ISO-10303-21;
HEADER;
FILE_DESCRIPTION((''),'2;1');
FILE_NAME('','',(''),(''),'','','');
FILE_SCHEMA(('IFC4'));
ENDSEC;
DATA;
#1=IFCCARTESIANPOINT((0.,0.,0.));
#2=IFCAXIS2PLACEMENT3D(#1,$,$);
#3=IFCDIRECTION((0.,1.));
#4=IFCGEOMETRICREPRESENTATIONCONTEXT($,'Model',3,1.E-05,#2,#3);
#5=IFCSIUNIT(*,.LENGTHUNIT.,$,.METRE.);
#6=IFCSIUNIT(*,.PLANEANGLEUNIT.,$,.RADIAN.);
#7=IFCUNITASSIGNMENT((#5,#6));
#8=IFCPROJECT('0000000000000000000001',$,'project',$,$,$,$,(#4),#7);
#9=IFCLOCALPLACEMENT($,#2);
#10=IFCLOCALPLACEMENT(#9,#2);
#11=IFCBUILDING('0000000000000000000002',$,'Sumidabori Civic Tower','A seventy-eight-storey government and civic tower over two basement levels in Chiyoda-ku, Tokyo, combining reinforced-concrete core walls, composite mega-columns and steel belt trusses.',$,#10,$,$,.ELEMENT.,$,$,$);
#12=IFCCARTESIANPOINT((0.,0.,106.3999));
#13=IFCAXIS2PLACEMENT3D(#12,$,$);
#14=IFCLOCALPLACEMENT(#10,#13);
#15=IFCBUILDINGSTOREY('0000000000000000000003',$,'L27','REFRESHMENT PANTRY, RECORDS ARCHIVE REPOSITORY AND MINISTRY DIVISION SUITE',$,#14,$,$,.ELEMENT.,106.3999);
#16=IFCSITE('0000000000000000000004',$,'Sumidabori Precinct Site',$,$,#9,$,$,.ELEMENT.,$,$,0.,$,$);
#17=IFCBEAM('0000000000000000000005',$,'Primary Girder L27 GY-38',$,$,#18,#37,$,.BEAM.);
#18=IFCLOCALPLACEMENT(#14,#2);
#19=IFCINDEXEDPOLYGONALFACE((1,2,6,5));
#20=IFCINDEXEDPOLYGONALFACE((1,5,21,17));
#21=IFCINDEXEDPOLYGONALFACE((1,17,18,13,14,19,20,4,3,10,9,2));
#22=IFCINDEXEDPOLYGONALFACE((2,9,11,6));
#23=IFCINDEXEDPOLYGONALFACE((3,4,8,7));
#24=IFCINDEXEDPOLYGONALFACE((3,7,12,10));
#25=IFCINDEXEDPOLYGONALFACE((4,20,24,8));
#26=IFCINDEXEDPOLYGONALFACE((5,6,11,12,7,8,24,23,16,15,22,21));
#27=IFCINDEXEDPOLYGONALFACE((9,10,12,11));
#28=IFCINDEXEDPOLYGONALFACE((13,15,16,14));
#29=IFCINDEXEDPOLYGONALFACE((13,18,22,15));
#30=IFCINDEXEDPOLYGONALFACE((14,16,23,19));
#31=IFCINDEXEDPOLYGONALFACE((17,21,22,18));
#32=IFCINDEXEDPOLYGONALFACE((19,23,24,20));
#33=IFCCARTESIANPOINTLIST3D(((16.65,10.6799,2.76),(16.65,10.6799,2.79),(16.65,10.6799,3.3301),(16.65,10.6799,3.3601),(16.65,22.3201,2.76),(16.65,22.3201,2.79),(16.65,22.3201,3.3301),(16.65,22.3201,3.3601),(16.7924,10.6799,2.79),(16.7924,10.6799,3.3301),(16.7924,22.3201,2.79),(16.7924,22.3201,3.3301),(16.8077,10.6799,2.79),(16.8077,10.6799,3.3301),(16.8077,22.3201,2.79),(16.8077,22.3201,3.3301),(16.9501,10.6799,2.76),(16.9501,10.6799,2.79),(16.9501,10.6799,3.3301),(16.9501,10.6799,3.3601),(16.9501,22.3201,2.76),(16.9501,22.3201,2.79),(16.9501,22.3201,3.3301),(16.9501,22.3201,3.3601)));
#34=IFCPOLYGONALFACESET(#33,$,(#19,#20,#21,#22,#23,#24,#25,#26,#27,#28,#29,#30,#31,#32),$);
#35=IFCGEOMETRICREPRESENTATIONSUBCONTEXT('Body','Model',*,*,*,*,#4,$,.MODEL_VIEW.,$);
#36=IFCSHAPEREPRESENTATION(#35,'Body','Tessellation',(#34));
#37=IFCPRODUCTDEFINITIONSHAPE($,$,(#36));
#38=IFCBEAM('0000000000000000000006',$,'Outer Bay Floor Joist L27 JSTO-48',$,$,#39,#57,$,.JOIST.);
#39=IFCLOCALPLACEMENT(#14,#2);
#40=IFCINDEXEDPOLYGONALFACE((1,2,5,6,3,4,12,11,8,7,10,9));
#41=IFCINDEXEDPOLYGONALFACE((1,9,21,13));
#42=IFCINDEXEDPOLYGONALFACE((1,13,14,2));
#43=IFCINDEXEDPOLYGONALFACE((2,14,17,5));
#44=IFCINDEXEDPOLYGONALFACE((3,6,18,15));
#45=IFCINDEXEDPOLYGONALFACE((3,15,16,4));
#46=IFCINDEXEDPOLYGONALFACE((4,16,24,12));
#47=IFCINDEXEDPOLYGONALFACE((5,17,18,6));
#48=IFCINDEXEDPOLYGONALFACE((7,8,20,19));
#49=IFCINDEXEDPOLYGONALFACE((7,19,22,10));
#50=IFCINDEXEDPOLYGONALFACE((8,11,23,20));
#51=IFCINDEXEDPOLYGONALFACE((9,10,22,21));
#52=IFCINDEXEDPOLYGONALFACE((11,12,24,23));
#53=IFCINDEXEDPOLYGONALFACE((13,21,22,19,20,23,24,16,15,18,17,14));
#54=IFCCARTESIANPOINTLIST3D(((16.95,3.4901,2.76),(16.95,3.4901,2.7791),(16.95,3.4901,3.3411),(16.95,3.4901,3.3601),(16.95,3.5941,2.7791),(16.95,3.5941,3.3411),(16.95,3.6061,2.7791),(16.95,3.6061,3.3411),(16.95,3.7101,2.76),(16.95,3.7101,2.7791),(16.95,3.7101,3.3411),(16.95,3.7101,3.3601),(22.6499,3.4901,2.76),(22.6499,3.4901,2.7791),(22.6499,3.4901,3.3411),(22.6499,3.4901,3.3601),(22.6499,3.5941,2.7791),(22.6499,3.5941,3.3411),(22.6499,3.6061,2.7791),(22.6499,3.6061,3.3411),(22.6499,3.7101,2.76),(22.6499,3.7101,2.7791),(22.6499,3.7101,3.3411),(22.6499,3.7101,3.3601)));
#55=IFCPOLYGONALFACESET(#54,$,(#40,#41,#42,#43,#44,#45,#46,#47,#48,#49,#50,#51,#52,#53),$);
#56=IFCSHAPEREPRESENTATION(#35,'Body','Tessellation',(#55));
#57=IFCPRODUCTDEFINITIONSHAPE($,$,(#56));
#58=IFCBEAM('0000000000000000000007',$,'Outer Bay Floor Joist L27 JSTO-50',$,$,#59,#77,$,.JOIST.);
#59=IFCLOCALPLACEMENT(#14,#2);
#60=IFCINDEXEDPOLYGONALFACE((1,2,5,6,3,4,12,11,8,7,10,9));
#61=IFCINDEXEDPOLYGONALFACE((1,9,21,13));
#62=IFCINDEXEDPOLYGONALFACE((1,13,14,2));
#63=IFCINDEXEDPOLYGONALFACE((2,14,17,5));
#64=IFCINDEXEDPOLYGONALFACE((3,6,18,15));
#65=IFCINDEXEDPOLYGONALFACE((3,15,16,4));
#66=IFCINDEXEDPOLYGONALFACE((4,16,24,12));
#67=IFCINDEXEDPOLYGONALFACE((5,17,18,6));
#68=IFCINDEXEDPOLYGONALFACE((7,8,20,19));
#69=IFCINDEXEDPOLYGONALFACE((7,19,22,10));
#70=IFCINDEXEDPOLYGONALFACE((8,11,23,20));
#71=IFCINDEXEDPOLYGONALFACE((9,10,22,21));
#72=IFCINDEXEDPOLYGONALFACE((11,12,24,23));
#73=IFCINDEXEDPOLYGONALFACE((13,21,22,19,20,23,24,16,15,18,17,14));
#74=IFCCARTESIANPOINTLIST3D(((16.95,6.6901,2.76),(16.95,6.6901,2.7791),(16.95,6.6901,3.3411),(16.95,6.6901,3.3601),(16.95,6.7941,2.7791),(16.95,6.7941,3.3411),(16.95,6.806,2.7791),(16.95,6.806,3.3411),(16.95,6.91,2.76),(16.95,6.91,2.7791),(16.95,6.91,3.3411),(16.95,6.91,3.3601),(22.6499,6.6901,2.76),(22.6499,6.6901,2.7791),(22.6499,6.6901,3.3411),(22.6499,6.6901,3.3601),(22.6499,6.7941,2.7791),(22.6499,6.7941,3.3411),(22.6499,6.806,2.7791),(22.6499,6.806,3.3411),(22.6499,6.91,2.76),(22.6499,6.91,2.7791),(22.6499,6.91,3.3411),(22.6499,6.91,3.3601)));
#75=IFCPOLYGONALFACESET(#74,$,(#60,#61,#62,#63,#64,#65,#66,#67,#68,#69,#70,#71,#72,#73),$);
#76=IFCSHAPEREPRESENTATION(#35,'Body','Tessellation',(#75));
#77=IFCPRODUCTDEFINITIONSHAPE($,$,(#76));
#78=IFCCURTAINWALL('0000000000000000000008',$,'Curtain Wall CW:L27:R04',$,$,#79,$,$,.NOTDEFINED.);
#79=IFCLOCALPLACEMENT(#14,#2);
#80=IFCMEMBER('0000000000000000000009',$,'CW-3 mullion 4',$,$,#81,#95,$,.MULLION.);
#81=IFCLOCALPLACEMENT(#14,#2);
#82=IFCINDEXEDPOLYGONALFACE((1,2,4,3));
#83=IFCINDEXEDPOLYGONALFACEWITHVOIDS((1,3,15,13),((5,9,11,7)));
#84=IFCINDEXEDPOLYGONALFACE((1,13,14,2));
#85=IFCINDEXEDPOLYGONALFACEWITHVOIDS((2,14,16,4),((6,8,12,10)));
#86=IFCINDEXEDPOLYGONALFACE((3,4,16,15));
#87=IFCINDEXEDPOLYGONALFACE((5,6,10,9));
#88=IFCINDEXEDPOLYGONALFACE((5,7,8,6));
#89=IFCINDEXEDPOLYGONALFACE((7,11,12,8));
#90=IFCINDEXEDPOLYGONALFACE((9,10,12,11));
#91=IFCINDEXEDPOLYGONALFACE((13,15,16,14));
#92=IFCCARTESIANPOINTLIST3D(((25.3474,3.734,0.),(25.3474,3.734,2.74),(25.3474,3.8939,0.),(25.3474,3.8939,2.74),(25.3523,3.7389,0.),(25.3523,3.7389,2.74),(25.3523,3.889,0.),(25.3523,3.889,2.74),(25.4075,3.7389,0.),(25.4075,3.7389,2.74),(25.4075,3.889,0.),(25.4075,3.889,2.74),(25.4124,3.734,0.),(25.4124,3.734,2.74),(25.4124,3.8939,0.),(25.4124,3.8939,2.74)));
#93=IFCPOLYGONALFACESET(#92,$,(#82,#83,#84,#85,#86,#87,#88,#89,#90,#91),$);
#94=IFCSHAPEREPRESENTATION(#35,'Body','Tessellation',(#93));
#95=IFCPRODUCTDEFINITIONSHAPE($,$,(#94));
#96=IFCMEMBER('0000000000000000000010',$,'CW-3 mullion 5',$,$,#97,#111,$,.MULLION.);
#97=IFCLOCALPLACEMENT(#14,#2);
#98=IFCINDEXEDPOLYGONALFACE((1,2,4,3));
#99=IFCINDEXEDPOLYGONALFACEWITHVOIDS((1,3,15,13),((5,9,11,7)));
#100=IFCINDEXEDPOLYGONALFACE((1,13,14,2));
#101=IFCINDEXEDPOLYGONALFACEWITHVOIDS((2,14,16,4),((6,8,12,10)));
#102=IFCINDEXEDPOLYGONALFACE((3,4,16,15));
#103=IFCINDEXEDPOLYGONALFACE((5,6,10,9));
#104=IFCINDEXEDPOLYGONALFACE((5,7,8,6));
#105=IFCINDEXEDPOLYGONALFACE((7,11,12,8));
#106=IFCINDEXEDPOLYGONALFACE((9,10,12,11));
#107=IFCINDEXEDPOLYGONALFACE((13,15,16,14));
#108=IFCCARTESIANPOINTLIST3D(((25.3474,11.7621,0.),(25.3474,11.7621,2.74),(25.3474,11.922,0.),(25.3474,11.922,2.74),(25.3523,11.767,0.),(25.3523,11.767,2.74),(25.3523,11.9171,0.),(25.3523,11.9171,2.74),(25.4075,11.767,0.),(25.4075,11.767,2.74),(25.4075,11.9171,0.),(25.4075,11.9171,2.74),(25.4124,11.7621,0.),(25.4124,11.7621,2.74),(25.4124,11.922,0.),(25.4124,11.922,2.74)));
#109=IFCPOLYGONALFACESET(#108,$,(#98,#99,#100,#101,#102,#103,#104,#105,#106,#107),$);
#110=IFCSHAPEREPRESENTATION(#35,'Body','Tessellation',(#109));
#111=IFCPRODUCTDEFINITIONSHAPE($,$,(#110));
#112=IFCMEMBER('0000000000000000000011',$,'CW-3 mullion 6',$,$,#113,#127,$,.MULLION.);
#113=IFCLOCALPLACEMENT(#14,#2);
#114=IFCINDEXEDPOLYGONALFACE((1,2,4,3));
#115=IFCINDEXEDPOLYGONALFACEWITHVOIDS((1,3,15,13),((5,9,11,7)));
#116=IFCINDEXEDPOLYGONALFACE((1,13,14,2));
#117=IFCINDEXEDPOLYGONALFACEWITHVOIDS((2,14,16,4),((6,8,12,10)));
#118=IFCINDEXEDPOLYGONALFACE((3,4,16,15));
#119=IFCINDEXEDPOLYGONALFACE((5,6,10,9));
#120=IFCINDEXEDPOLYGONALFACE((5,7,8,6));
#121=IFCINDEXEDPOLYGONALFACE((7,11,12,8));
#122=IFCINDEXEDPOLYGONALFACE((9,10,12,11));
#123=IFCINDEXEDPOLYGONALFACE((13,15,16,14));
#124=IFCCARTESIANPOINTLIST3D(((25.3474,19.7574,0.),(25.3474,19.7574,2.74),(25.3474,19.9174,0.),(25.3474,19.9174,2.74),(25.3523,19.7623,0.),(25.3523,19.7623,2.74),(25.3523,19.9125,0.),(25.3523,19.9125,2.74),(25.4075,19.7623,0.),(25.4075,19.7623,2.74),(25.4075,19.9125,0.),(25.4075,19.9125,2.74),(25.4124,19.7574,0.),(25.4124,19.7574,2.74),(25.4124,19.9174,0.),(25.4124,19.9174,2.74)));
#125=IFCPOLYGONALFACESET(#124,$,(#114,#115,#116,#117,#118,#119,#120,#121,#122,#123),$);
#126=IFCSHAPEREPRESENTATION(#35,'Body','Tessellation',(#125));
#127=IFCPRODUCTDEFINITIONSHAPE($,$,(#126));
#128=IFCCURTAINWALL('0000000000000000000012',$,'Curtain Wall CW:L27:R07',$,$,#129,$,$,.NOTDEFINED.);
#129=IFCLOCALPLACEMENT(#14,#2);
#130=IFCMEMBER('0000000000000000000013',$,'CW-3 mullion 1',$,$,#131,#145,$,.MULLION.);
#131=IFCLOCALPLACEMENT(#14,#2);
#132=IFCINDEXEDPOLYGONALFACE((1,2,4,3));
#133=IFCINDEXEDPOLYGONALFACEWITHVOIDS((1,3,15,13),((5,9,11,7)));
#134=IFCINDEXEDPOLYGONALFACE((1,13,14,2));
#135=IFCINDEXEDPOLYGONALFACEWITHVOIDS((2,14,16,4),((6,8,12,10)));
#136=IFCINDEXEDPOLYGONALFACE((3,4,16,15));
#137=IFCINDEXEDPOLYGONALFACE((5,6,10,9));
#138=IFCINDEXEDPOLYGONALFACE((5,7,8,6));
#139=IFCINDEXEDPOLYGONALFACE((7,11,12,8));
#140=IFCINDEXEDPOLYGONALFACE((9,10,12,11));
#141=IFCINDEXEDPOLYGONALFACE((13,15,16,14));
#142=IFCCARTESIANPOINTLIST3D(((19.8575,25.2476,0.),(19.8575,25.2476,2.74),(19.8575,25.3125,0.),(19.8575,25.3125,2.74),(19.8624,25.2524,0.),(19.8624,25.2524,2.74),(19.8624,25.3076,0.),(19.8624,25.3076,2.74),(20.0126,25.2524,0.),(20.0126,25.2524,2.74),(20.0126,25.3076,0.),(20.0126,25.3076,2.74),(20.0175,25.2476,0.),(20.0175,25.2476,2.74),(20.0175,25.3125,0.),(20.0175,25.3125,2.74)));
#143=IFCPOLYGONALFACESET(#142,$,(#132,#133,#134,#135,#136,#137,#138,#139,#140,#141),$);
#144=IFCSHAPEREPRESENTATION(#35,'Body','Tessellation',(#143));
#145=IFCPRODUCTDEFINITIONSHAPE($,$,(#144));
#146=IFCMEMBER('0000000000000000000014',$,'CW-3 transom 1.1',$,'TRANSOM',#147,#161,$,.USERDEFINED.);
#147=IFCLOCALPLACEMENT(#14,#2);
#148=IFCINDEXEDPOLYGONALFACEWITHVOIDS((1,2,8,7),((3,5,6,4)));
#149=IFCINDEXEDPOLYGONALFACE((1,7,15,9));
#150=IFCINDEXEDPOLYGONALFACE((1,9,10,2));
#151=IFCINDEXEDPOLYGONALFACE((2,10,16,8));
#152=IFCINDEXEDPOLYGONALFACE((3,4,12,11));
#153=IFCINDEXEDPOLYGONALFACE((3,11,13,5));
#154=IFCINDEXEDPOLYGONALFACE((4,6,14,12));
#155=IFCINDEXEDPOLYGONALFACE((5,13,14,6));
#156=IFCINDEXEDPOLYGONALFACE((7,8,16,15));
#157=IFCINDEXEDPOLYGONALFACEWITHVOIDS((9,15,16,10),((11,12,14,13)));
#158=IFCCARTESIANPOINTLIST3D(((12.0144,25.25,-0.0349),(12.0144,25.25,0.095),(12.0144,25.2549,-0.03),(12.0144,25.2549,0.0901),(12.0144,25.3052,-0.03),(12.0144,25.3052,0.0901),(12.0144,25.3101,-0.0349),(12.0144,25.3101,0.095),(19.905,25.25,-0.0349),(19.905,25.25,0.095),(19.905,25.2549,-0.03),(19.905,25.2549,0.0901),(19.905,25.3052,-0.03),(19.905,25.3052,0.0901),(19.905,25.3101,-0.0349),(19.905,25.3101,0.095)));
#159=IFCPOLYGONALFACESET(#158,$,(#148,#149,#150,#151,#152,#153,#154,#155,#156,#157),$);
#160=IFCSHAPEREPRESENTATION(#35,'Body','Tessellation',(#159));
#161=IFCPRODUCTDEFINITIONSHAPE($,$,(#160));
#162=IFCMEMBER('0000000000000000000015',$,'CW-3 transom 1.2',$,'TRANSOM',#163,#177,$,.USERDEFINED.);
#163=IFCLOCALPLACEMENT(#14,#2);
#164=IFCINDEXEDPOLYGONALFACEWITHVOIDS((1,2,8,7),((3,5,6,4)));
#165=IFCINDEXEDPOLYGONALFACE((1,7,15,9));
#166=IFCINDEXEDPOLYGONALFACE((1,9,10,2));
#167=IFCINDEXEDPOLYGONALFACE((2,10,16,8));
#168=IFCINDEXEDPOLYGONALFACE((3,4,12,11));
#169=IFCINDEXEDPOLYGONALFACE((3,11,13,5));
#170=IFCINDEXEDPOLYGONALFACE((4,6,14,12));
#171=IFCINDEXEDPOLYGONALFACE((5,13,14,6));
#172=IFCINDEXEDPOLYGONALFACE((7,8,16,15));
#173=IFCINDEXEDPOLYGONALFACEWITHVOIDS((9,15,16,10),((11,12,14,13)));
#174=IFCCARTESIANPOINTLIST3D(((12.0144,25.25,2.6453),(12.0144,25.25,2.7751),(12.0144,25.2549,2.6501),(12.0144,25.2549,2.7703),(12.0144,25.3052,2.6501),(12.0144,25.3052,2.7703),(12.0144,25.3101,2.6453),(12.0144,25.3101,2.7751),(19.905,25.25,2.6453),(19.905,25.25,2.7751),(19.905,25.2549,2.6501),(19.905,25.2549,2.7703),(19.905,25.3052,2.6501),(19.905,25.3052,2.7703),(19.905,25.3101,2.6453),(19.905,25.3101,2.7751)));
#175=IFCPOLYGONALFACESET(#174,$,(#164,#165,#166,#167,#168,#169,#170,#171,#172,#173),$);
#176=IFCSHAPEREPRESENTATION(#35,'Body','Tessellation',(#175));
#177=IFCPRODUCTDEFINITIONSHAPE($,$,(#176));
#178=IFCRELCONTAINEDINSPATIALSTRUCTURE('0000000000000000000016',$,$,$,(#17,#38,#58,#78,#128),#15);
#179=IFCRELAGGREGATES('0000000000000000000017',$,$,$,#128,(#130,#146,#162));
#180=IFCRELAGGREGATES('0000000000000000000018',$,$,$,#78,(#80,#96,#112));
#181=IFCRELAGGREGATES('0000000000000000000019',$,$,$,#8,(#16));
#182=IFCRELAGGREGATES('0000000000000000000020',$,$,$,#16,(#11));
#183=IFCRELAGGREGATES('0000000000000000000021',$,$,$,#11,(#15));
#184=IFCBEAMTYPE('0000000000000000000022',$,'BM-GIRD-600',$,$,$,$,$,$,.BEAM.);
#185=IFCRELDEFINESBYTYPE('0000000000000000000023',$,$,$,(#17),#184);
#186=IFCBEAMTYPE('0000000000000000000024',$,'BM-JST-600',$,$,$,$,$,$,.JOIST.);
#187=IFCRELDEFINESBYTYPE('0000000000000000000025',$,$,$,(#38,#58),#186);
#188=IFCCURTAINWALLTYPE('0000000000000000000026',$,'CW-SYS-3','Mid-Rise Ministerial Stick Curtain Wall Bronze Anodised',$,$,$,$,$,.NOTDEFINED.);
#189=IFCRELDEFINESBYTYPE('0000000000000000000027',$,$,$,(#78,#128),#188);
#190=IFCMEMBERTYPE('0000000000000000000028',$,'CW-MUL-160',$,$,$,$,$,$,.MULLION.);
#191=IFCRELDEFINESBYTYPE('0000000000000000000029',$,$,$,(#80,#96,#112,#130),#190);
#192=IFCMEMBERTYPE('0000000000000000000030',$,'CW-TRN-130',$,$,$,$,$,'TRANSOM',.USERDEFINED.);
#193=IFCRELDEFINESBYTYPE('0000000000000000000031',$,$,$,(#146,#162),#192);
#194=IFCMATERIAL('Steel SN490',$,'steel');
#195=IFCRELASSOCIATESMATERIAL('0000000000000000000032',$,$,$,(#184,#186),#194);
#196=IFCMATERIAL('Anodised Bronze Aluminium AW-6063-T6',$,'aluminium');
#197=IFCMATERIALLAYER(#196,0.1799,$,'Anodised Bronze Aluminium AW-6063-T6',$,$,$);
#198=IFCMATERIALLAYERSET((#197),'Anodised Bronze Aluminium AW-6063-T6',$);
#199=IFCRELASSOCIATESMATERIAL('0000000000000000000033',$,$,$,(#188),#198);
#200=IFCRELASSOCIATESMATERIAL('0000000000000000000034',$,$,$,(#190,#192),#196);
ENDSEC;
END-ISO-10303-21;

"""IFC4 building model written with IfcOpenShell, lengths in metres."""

from ifc_helpers import new_model, si_unit, direction, frame, origin, origin_2d, place, context, subcontext, project, spatial, hollow_rectangle, i_section, extrude, source, transform, mapped, material, layer, layer_set, material_profile, profile_set, type_object, element, aggregate, save


model = new_model("IFC4")

# Units and contexts
model_context = context("Model", 3, precision=1e-05, world=origin(), true_north=direction((0.0, 1.0)))
body_context = subcontext(model_context, "Body", "Model", "MODEL_VIEW")
ifc_project = project(units=[si_unit("LENGTHUNIT", "METRE"), si_unit("PLANEANGLEUNIT", "RADIAN")], contexts=[model_context])

# Site, building, storey
site_placement = place(None, origin())
site = spatial("IfcSite", under=ifc_project, at=site_placement, Name="Sumidabori Precinct Site", CompositionType="ELEMENT", RefElevation=0.0)
building_placement = place(site_placement, origin())
building = spatial("IfcBuilding", under=site, at=building_placement, Name="Sumidabori Civic Tower", Description="A seventy-eight-storey government and civic tower over two basement levels in Chiyoda-ku, Tokyo, combining reinforced-concrete core walls, composite mega-columns and steel belt trusses.", CompositionType="ELEMENT")
storey_placement = place(building_placement, frame((0.0, 0.0, 106.3999)))
storey = spatial("IfcBuildingStorey", under=building, at=storey_placement, Name="L27", Description="REFRESHMENT PANTRY, RECORDS ARCHIVE REPOSITORY AND MINISTRY DIVISION SUITE", CompositionType="ELEMENT", Elevation=106.3999)

# Beams
ifc_material_1 = material(Name="Steel SN490", Category="steel")
ifc_material_profile_1 = material_profile(ifc_material_1, i_section(OverallWidth=0.3, OverallDepth=0.6001, WebThickness=0.0154, FlangeThickness=0.03, at=origin_2d()), Name="HE 600 B")
ifc_profile_set_1 = profile_set([ifc_material_profile_1], Name="Steel SN490")
beam_type_1 = type_object("IfcBeamType", Name="BM-GIRD-600", PredefinedType="BEAM", material=ifc_profile_set_1)
shared_shape_1 = source(origin(), body_context, "Body", "SweptSolid", [
    extrude(i_section(OverallWidth=0.3, OverallDepth=0.6001, WebThickness=0.0154, FlangeThickness=0.03, at=origin_2d()), origin(), (0.0, 0.0, 1.0), 11.6401),
])
beam_1_placement = place(storey_placement, frame((16.8, 10.6799, 3.0601), z_axis=(0.0, 1.0, 0.0), x_axis=(-1.0, 0.0, 0.0)))
element("IfcBeam", 1, at=beam_1_placement, inside=storey, type_object=beam_type_1, Name="Primary Girder L27 GY-38", PredefinedType="BEAM", context=body_context, shape_type="MappedRepresentation", body=[
    mapped(shared_shape_1, transform((0.0, 0.0, 0.0), x_axis=(1.0, 0.0, 0.0), y_axis=(0.0, 1.0, 0.0), z_axis=(0.0, 0.0, 1.0), scale=1.0)),
])
ifc_material_profile_2 = material_profile(ifc_material_1, i_section(OverallWidth=0.22, OverallDepth=0.6001, WebThickness=0.012, FlangeThickness=0.019, at=origin_2d()), Name="IPE 600")
ifc_profile_set_2 = profile_set([ifc_material_profile_2], Name="Steel SN490")
beam_type_2 = type_object("IfcBeamType", Name="BM-JST-600", PredefinedType="JOIST", material=ifc_profile_set_2)
shared_shape_2 = source(origin(), body_context, "Body", "SweptSolid", [
    extrude(i_section(OverallWidth=0.22, OverallDepth=0.6001, WebThickness=0.012, FlangeThickness=0.019, at=origin_2d()), origin(), (0.0, 0.0, 1.0), 5.7),
])
for number, where, z_axis, x_axis, name in (
    (2, (16.95, 3.6001, 3.0601), (1.0, 0.0, 0.0), (0.0, 1.0, 0.0), "Outer Bay Floor Joist L27 JSTO-48"),
    (3, (16.95, 6.8, 3.0601), (1.0, 0.0, 0.0), (0.0, 1.0, 0.0), "Outer Bay Floor Joist L27 JSTO-50"),
):
    element("IfcBeam", number, at=place(storey_placement, frame(where, z_axis=z_axis, x_axis=x_axis)), inside=storey, type_object=beam_type_2, Name=name, PredefinedType="JOIST", context=body_context, shape_type="MappedRepresentation", body=[
        mapped(shared_shape_2, transform((0.0, 0.0, 0.0), x_axis=(1.0, 0.0, 0.0), y_axis=(0.0, 1.0, 0.0), z_axis=(0.0, 0.0, 1.0), scale=1.0)),
    ])

# Curtain walls, members
ifc_material_2 = material(Name="Anodised Bronze Aluminium AW-6063-T6", Category="aluminium")
ifc_layer_1 = layer(ifc_material_2, 0.1799, Name="Anodised Bronze Aluminium AW-6063-T6")
ifc_layer_set_1 = layer_set([ifc_layer_1], Name="Anodised Bronze Aluminium AW-6063-T6")
curtain_wall_type = type_object("IfcCurtainWallType", Name="CW-SYS-3", Description="Mid-Rise Ministerial Stick Curtain Wall Bronze Anodised", PredefinedType="NOTDEFINED", material=ifc_layer_set_1)
curtain_wall_1_placement = place(storey_placement, origin())
curtain_wall_1 = element("IfcCurtainWall", 4, at=curtain_wall_1_placement, inside=storey, type_object=curtain_wall_type, Name="Curtain Wall CW:L27:R04", PredefinedType="NOTDEFINED")
ifc_material_profile_3 = material_profile(ifc_material_2, hollow_rectangle(XDim=0.0649, YDim=0.1599, WallThickness=0.0049, at=origin_2d()), Name="ALU MULLION 160x65")
ifc_profile_set_3 = profile_set([ifc_material_profile_3], Name="Anodised Bronze Aluminium AW-6063-T6")
member_type_1 = type_object("IfcMemberType", Name="CW-MUL-160", PredefinedType="MULLION", material=ifc_profile_set_3)
shared_shape_3 = source(origin(), body_context, "Body", "SweptSolid", [
    extrude(hollow_rectangle(XDim=0.0649, YDim=0.1599, WallThickness=0.0049, at=origin_2d()), origin(), (0.0, 0.0, 1.0), 2.74),
])
member_1_placement = place(storey_placement, frame((25.3799, 3.814, 0.0), z_axis=(0.0, 0.0, 1.0), x_axis=(-1.0, 0.0, 0.0)))
member_1 = element("IfcMember", 5, at=member_1_placement, type_object=member_type_1, Name="CW-3 mullion 4", PredefinedType="MULLION", context=body_context, shape_type="MappedRepresentation", body=[
    mapped(shared_shape_3, transform((0.0, 0.0, 0.0), x_axis=(1.0, 0.0, 0.0), y_axis=(0.0, 1.0, 0.0), z_axis=(0.0, 0.0, 1.0), scale=1.0)),
])
member_2_placement = place(storey_placement, frame((25.3799, 11.842, 0.0), z_axis=(0.0, 0.0, 1.0), x_axis=(-1.0, 0.0, 0.0)))
member_2 = element("IfcMember", 6, at=member_2_placement, type_object=member_type_1, Name="CW-3 mullion 5", PredefinedType="MULLION", context=body_context, shape_type="MappedRepresentation", body=[
    mapped(shared_shape_3, transform((0.0, 0.0, 0.0), x_axis=(1.0, 0.0, 0.0), y_axis=(0.0, 1.0, 0.0), z_axis=(0.0, 0.0, 1.0), scale=1.0)),
])
member_3_placement = place(storey_placement, frame((25.3799, 19.8374, 0.0), z_axis=(0.0, 0.0, 1.0), x_axis=(-1.0, 0.0, 0.0)))
member_3 = element("IfcMember", 7, at=member_3_placement, type_object=member_type_1, Name="CW-3 mullion 6", PredefinedType="MULLION", context=body_context, shape_type="MappedRepresentation", body=[
    mapped(shared_shape_3, transform((0.0, 0.0, 0.0), x_axis=(1.0, 0.0, 0.0), y_axis=(0.0, 1.0, 0.0), z_axis=(0.0, 0.0, 1.0), scale=1.0)),
])
curtain_wall_2_placement = place(storey_placement, origin())
curtain_wall_2 = element("IfcCurtainWall", 8, at=curtain_wall_2_placement, inside=storey, type_object=curtain_wall_type, Name="Curtain Wall CW:L27:R07", PredefinedType="NOTDEFINED")
member_4_placement = place(storey_placement, frame((19.9375, 25.28, 0.0), z_axis=(0.0, 0.0, 1.0), x_axis=(0.0, -1.0, 0.0)))
member_4 = element("IfcMember", 9, at=member_4_placement, type_object=member_type_1, Name="CW-3 mullion 1", PredefinedType="MULLION", context=body_context, shape_type="MappedRepresentation", body=[
    mapped(shared_shape_3, transform((0.0, 0.0, 0.0), x_axis=(1.0, 0.0, 0.0), y_axis=(0.0, 1.0, 0.0), z_axis=(0.0, 0.0, 1.0), scale=1.0)),
])
ifc_material_profile_4 = material_profile(ifc_material_2, hollow_rectangle(XDim=0.0601, YDim=0.1299, WallThickness=0.0049, at=origin_2d()), Name="ALU TRANSOM 130x60")
ifc_profile_set_4 = profile_set([ifc_material_profile_4], Name="Anodised Bronze Aluminium AW-6063-T6")
member_type_2 = type_object("IfcMemberType", Name="CW-TRN-130", ElementType="TRANSOM", PredefinedType="USERDEFINED", material=ifc_profile_set_4)
shared_shape_4 = source(origin(), body_context, "Body", "SweptSolid", [
    extrude(hollow_rectangle(XDim=0.0601, YDim=0.1299, WallThickness=0.0049, at=origin_2d()), origin(), (0.0, 0.0, 1.0), 7.8906),
])
member_5_placement = place(storey_placement, frame((19.905, 25.28, 0.03), z_axis=(-1.0, 0.0, 0.0), x_axis=(0.0, -1.0, 0.0)))
member_5 = element("IfcMember", 10, at=member_5_placement, type_object=member_type_2, Name="CW-3 transom 1.1", ObjectType="TRANSOM", PredefinedType="USERDEFINED", context=body_context, shape_type="MappedRepresentation", body=[
    mapped(shared_shape_4, transform((0.0, 0.0, 0.0), x_axis=(1.0, 0.0, 0.0), y_axis=(0.0, 1.0, 0.0), z_axis=(0.0, 0.0, 1.0), scale=1.0)),
])
member_6_placement = place(storey_placement, frame((19.905, 25.28, 2.7102), z_axis=(-1.0, 0.0, 0.0), x_axis=(0.0, -1.0, 0.0)))
member_6 = element("IfcMember", 11, at=member_6_placement, type_object=member_type_2, Name="CW-3 transom 1.2", ObjectType="TRANSOM", PredefinedType="USERDEFINED", context=body_context, shape_type="MappedRepresentation", body=[
    mapped(shared_shape_4, transform((0.0, 0.0, 0.0), x_axis=(1.0, 0.0, 0.0), y_axis=(0.0, 1.0, 0.0), z_axis=(0.0, 0.0, 1.0), scale=1.0)),
])

aggregate(curtain_wall_2, [member_4, member_5, member_6])
aggregate(curtain_wall_1, [member_1, member_2, member_3])

save(model, "model.ifc")
